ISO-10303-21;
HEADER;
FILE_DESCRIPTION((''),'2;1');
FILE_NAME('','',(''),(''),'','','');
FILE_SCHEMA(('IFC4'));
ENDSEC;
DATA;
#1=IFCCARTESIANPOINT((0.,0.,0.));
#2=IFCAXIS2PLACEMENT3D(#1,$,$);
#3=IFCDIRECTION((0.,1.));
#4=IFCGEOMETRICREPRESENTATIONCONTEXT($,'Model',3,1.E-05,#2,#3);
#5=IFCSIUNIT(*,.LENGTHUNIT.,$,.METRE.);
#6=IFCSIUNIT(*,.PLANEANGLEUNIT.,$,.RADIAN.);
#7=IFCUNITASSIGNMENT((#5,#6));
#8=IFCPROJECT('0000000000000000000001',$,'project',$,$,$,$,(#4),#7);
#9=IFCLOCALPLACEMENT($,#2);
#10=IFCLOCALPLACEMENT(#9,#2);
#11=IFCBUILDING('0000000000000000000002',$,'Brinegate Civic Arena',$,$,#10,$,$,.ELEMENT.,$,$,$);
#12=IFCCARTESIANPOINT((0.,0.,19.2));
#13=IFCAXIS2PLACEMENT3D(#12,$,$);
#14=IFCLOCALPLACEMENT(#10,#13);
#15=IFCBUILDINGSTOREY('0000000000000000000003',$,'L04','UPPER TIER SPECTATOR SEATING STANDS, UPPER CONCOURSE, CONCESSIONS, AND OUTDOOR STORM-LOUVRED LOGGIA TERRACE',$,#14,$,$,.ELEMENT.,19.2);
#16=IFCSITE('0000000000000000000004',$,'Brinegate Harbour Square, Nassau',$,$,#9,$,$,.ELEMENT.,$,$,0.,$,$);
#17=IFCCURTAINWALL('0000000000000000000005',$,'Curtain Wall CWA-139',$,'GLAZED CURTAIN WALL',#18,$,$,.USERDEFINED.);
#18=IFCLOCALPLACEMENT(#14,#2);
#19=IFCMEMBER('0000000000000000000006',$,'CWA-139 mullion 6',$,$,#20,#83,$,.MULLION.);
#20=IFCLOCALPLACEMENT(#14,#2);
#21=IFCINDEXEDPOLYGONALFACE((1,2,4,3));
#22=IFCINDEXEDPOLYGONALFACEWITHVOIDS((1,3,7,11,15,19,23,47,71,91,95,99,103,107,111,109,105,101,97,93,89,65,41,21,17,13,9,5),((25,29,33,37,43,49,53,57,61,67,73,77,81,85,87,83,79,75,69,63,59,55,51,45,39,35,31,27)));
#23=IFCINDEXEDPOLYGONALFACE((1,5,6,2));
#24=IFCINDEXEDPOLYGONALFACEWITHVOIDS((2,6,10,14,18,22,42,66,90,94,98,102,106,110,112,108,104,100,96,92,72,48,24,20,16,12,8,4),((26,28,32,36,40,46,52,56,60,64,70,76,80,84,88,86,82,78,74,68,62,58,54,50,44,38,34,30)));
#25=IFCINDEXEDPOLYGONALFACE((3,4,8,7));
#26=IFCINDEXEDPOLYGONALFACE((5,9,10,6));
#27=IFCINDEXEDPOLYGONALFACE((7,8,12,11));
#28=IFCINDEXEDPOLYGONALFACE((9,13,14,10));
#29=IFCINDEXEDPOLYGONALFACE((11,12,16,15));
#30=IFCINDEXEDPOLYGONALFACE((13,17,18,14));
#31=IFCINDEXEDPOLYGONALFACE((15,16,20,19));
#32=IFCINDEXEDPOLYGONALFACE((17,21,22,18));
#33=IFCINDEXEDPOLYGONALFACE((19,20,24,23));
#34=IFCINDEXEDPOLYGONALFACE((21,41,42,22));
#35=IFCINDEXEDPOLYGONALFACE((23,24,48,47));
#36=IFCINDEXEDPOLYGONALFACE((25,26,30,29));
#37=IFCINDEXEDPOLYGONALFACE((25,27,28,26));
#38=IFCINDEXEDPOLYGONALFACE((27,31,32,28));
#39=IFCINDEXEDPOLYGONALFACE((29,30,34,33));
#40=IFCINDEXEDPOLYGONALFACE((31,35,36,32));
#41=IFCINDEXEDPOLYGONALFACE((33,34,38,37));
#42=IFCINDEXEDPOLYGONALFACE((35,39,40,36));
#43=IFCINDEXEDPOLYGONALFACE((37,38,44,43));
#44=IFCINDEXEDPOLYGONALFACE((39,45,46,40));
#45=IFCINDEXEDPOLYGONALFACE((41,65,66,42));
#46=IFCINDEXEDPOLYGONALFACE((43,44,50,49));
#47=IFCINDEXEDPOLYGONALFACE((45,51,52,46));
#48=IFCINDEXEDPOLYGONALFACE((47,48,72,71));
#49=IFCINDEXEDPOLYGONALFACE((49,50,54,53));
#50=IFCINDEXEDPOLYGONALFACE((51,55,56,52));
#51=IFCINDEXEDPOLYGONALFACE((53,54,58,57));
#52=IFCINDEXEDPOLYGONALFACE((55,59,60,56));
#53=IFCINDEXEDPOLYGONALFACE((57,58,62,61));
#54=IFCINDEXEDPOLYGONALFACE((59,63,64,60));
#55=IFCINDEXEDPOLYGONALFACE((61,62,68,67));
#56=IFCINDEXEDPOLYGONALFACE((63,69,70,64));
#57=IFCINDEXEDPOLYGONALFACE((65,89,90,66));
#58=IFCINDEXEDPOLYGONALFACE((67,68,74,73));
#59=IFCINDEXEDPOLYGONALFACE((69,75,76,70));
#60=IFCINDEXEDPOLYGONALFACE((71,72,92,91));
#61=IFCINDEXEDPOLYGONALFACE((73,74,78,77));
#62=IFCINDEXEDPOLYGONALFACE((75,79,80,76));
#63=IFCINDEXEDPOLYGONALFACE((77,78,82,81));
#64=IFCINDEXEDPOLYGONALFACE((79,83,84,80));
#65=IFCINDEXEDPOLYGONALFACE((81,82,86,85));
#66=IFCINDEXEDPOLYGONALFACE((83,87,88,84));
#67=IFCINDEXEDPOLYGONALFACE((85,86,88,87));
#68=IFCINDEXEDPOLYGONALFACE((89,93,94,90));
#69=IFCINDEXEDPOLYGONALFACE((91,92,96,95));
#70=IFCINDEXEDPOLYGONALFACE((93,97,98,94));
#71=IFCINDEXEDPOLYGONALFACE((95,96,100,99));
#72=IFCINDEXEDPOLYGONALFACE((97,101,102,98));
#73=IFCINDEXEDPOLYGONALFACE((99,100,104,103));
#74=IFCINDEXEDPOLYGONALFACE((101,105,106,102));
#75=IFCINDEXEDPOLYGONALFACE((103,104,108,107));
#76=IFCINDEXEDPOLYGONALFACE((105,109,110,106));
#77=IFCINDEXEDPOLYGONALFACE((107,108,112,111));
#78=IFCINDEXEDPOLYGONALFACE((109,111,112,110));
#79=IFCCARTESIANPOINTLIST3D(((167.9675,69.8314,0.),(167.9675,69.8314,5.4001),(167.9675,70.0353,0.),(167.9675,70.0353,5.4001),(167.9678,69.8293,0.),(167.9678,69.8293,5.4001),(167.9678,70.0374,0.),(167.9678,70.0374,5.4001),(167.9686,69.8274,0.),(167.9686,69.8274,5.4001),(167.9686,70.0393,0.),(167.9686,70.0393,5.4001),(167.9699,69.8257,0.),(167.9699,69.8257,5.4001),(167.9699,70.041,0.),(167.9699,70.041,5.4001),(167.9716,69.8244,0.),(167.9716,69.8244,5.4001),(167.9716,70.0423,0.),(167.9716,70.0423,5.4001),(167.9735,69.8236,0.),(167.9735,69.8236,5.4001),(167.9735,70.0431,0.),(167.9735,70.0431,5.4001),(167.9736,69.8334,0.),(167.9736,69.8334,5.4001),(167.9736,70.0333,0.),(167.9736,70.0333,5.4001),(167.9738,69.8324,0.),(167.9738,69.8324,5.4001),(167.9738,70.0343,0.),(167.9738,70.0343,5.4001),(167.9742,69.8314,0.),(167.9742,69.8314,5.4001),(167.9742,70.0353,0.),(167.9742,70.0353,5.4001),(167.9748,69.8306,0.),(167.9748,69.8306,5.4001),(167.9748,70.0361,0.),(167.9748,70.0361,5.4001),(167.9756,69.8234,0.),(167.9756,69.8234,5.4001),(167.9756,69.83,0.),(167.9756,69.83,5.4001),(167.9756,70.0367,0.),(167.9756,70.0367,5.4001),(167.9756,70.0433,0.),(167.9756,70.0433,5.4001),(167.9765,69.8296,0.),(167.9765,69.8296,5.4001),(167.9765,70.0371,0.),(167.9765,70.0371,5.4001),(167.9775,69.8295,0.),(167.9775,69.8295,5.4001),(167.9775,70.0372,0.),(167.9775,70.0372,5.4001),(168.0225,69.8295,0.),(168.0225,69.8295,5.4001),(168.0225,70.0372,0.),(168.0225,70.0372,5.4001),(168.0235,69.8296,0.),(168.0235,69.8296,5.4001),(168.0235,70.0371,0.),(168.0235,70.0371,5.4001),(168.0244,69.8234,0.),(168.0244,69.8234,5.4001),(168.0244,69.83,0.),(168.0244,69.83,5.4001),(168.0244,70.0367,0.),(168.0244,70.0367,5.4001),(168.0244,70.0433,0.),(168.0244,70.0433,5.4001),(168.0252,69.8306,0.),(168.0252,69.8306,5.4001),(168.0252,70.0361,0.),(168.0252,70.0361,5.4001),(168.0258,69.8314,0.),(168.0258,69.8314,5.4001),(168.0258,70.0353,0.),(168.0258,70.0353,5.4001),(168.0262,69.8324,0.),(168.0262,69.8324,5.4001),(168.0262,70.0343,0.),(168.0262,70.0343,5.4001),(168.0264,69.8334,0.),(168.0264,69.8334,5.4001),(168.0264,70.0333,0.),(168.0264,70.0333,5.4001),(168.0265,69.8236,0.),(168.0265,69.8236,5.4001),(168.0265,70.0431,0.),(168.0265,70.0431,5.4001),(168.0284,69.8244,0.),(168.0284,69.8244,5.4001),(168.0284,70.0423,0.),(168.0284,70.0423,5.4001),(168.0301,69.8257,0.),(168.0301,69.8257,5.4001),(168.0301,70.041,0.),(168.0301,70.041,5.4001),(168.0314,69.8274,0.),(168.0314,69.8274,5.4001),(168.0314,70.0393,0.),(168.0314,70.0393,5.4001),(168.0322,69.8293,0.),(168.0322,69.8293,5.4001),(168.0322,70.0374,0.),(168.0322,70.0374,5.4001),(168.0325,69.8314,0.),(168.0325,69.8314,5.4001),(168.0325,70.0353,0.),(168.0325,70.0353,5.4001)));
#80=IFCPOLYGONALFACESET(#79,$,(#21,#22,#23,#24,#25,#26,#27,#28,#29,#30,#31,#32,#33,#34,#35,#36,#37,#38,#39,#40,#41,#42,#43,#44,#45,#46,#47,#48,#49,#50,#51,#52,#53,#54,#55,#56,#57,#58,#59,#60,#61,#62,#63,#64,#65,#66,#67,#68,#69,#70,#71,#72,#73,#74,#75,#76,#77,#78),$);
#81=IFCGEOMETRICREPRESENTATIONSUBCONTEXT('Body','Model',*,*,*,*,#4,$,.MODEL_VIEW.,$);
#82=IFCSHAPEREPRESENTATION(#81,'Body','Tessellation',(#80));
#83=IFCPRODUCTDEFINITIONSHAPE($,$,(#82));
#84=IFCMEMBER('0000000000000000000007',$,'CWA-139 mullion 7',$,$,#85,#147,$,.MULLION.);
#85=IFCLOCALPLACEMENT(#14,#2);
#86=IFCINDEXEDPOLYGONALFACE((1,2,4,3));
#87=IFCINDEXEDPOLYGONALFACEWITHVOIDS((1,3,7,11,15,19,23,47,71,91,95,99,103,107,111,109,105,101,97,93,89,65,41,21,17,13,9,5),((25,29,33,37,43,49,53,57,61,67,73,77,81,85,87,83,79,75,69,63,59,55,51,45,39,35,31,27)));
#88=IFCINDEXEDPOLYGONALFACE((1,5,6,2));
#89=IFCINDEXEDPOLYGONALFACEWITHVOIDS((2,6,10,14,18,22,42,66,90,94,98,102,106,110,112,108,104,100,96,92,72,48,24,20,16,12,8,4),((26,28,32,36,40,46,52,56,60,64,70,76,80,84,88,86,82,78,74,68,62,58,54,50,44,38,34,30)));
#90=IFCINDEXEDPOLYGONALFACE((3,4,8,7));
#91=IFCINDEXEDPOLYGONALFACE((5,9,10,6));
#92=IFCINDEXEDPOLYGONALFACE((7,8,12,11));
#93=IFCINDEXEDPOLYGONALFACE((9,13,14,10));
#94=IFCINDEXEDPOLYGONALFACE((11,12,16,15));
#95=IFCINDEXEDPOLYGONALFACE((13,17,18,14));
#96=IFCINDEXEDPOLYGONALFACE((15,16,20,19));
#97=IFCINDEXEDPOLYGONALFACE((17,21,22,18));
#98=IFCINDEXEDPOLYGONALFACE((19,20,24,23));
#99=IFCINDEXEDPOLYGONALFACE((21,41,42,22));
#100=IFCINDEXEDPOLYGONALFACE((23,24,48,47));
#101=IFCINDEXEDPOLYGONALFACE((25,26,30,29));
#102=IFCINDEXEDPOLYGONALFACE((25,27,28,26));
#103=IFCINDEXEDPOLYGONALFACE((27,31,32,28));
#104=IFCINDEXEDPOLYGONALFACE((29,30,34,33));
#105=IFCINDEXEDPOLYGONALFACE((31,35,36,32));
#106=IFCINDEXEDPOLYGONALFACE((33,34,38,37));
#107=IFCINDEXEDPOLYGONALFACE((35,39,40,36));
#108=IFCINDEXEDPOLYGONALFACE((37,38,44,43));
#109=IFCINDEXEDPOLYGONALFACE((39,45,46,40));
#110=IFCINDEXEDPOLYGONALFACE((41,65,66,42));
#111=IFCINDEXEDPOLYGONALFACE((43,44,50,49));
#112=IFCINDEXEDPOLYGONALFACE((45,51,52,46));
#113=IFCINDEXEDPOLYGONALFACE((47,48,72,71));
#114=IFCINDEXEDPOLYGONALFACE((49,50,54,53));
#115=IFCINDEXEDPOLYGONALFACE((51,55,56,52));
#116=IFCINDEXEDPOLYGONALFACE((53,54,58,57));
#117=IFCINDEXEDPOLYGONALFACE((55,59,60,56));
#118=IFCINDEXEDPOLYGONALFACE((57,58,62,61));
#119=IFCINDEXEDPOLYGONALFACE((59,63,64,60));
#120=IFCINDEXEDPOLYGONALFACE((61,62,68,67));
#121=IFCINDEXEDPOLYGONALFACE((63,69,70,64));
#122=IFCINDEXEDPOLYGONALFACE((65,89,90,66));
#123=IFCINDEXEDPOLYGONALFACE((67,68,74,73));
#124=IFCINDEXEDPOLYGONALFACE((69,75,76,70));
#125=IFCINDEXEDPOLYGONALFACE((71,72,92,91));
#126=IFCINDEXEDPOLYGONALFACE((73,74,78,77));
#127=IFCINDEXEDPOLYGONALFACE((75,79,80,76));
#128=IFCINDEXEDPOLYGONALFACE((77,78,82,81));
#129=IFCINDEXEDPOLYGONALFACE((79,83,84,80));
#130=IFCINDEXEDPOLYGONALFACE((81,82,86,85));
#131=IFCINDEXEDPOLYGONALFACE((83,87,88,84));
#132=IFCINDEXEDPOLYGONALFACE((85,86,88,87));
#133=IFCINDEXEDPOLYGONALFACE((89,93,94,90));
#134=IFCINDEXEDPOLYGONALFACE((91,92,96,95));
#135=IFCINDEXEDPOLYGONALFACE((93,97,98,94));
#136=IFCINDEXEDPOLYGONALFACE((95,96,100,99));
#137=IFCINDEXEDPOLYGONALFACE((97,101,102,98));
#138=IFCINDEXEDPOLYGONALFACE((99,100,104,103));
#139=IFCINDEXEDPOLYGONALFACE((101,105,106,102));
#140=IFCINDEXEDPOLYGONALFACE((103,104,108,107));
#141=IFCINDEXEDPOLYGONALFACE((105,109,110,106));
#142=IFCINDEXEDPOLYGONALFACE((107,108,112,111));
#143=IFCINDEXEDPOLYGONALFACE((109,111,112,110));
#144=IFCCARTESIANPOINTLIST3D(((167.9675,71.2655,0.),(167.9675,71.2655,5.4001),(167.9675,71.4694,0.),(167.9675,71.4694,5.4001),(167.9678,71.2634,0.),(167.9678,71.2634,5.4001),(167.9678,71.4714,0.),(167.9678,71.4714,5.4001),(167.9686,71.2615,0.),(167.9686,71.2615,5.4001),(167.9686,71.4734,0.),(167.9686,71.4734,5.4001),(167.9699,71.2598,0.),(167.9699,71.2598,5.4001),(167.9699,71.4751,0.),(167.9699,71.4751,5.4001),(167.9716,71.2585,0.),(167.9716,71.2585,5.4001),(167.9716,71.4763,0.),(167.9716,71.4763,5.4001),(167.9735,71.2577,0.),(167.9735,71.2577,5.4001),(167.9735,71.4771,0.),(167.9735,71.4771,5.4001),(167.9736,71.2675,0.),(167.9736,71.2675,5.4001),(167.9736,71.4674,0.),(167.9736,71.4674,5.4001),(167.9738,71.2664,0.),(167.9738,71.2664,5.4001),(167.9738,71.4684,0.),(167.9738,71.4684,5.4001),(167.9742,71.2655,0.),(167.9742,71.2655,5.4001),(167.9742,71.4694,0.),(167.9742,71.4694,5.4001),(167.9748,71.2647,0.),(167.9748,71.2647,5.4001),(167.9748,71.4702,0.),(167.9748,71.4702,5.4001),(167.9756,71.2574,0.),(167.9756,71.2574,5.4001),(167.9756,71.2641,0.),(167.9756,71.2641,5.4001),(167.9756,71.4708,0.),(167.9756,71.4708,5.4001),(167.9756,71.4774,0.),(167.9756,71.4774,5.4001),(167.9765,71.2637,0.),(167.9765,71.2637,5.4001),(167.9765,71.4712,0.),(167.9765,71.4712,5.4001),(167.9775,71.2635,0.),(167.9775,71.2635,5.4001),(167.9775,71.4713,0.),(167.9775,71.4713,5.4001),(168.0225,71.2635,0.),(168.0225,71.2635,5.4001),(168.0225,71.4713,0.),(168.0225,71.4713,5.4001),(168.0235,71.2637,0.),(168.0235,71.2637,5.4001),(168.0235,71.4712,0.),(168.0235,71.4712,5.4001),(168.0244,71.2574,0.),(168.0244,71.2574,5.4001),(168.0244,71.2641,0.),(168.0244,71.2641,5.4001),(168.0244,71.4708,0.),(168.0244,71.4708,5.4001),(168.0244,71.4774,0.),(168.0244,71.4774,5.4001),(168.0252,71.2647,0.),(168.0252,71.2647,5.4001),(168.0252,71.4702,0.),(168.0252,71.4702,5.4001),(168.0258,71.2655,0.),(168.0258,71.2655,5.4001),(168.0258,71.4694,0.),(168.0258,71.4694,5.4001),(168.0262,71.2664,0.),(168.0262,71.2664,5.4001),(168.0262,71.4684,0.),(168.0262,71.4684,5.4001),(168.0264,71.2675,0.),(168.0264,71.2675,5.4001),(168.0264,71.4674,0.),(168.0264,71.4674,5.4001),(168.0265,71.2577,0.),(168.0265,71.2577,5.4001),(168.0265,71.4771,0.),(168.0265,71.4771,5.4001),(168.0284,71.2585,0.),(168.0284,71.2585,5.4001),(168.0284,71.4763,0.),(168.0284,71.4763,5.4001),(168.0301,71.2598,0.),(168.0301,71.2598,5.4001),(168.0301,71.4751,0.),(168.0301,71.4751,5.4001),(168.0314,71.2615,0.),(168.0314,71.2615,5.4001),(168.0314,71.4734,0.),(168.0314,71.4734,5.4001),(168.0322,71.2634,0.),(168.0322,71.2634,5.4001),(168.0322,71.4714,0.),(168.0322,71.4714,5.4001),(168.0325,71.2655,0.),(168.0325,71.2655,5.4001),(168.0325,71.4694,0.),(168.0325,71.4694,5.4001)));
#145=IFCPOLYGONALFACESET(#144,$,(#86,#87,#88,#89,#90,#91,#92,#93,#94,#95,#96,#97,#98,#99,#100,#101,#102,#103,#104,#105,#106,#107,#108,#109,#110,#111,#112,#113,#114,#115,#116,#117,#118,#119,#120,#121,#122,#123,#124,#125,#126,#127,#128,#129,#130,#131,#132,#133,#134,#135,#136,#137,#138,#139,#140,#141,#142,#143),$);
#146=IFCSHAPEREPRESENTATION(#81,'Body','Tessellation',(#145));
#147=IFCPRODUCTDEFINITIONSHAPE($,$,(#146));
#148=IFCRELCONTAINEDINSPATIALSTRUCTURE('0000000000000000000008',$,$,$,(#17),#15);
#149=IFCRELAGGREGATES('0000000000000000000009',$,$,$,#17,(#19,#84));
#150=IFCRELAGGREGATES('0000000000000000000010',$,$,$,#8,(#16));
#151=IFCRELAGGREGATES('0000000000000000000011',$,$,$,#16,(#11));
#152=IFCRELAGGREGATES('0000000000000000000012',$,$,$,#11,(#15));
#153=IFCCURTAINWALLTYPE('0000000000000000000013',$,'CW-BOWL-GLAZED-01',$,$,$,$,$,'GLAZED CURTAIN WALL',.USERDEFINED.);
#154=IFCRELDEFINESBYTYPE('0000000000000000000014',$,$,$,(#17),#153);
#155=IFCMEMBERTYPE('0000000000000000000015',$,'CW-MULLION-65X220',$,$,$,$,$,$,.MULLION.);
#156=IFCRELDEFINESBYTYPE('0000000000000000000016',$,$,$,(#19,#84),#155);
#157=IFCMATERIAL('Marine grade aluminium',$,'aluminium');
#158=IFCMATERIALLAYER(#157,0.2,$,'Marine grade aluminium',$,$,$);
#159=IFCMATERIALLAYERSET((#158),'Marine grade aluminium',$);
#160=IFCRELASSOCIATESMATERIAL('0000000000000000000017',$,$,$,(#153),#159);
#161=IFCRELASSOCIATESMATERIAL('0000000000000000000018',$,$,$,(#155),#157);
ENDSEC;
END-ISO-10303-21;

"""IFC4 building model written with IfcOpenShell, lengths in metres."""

from ifc_helpers import new_model, si_unit, direction, frame, origin, origin_2d, place, context, subcontext, project, spatial, hollow_rectangle, extrude, material, layer, layer_set, material_profile, profile_set, type_object, element, aggregate, save


model = new_model("IFC4")

# Units and contexts
model_context = context("Model", 3, precision=1e-05, world=origin(), true_north=direction((0.0, 1.0)))
body_context = subcontext(model_context, "Body", "Model", "MODEL_VIEW")
ifc_project = project(units=[si_unit("LENGTHUNIT", "METRE"), si_unit("PLANEANGLEUNIT", "RADIAN")], contexts=[model_context])

# Site, building, storey
site_placement = place(None, origin())
site = spatial("IfcSite", under=ifc_project, at=site_placement, Name="Brinegate Harbour Square, Nassau", CompositionType="ELEMENT", RefElevation=0.0)
building_placement = place(site_placement, origin())
building = spatial("IfcBuilding", under=site, at=building_placement, Name="Brinegate Civic Arena", CompositionType="ELEMENT")
storey_placement = place(building_placement, frame((0.0, 0.0, 19.2)))
storey = spatial("IfcBuildingStorey", under=building, at=storey_placement, Name="L04", Description="UPPER TIER SPECTATOR SEATING STANDS, UPPER CONCOURSE, CONCESSIONS, AND OUTDOOR STORM-LOUVRED LOGGIA TERRACE", CompositionType="ELEMENT", Elevation=19.2)

# Curtain wall, members
ifc_material_1 = material(Name="Marine grade aluminium", Category="aluminium")
ifc_layer_1 = layer(ifc_material_1, 0.2, Name="Marine grade aluminium")
ifc_layer_set_1 = layer_set([ifc_layer_1], Name="Marine grade aluminium")
curtain_wall_type = type_object("IfcCurtainWallType", Name="CW-BOWL-GLAZED-01", ElementType="GLAZED CURTAIN WALL", PredefinedType="USERDEFINED", material=ifc_layer_set_1)
curtain_wall_1_placement = place(storey_placement, origin())
curtain_wall_1 = element("IfcCurtainWall", 1, at=curtain_wall_1_placement, inside=storey, type_object=curtain_wall_type, Name="Curtain Wall CWA-139", ObjectType="GLAZED CURTAIN WALL", PredefinedType="USERDEFINED")
ifc_material_profile_1 = material_profile(ifc_material_1, hollow_rectangle(XDim=0.0649, YDim=0.22, WallThickness=0.0061, InnerFilletRadius=0.0039, OuterFilletRadius=0.0081, at=origin_2d()), Name="MUL65X220")
ifc_profile_set_1 = profile_set([ifc_material_profile_1], Name="Marine grade aluminium")
member_type_1 = type_object("IfcMemberType", Name="CW-MULLION-65X220", PredefinedType="MULLION", material=ifc_profile_set_1)
member_1_placement = place(storey_placement, frame((168.0, 69.9333, 0.0), z_axis=(0.0, 0.0, 1.0), x_axis=(-1.0, 0.0, 0.0)))
member_1 = element("IfcMember", 2, at=member_1_placement, type_object=member_type_1, Name="CWA-139 mullion 6", PredefinedType="MULLION", context=body_context, shape_type="SweptSolid", body=[
    extrude(hollow_rectangle(XDim=0.0649, YDim=0.22, WallThickness=0.0061, InnerFilletRadius=0.0039, OuterFilletRadius=0.0081, at=origin_2d()), origin(), (0.0, 0.0, 1.0), 5.4001),
])
member_2_placement = place(storey_placement, frame((168.0, 71.3674, 0.0), z_axis=(0.0, 0.0, 1.0), x_axis=(-1.0, 0.0, 0.0)))
member_2 = element("IfcMember", 3, at=member_2_placement, type_object=member_type_1, Name="CWA-139 mullion 7", PredefinedType="MULLION", context=body_context, shape_type="SweptSolid", body=[
    extrude(hollow_rectangle(XDim=0.0649, YDim=0.22, WallThickness=0.0061, InnerFilletRadius=0.0039, OuterFilletRadius=0.0081, at=origin_2d()), origin(), (0.0, 0.0, 1.0), 5.4001),
])

aggregate(curtain_wall_1, [member_1, member_2])

save(model, "model.ifc")
